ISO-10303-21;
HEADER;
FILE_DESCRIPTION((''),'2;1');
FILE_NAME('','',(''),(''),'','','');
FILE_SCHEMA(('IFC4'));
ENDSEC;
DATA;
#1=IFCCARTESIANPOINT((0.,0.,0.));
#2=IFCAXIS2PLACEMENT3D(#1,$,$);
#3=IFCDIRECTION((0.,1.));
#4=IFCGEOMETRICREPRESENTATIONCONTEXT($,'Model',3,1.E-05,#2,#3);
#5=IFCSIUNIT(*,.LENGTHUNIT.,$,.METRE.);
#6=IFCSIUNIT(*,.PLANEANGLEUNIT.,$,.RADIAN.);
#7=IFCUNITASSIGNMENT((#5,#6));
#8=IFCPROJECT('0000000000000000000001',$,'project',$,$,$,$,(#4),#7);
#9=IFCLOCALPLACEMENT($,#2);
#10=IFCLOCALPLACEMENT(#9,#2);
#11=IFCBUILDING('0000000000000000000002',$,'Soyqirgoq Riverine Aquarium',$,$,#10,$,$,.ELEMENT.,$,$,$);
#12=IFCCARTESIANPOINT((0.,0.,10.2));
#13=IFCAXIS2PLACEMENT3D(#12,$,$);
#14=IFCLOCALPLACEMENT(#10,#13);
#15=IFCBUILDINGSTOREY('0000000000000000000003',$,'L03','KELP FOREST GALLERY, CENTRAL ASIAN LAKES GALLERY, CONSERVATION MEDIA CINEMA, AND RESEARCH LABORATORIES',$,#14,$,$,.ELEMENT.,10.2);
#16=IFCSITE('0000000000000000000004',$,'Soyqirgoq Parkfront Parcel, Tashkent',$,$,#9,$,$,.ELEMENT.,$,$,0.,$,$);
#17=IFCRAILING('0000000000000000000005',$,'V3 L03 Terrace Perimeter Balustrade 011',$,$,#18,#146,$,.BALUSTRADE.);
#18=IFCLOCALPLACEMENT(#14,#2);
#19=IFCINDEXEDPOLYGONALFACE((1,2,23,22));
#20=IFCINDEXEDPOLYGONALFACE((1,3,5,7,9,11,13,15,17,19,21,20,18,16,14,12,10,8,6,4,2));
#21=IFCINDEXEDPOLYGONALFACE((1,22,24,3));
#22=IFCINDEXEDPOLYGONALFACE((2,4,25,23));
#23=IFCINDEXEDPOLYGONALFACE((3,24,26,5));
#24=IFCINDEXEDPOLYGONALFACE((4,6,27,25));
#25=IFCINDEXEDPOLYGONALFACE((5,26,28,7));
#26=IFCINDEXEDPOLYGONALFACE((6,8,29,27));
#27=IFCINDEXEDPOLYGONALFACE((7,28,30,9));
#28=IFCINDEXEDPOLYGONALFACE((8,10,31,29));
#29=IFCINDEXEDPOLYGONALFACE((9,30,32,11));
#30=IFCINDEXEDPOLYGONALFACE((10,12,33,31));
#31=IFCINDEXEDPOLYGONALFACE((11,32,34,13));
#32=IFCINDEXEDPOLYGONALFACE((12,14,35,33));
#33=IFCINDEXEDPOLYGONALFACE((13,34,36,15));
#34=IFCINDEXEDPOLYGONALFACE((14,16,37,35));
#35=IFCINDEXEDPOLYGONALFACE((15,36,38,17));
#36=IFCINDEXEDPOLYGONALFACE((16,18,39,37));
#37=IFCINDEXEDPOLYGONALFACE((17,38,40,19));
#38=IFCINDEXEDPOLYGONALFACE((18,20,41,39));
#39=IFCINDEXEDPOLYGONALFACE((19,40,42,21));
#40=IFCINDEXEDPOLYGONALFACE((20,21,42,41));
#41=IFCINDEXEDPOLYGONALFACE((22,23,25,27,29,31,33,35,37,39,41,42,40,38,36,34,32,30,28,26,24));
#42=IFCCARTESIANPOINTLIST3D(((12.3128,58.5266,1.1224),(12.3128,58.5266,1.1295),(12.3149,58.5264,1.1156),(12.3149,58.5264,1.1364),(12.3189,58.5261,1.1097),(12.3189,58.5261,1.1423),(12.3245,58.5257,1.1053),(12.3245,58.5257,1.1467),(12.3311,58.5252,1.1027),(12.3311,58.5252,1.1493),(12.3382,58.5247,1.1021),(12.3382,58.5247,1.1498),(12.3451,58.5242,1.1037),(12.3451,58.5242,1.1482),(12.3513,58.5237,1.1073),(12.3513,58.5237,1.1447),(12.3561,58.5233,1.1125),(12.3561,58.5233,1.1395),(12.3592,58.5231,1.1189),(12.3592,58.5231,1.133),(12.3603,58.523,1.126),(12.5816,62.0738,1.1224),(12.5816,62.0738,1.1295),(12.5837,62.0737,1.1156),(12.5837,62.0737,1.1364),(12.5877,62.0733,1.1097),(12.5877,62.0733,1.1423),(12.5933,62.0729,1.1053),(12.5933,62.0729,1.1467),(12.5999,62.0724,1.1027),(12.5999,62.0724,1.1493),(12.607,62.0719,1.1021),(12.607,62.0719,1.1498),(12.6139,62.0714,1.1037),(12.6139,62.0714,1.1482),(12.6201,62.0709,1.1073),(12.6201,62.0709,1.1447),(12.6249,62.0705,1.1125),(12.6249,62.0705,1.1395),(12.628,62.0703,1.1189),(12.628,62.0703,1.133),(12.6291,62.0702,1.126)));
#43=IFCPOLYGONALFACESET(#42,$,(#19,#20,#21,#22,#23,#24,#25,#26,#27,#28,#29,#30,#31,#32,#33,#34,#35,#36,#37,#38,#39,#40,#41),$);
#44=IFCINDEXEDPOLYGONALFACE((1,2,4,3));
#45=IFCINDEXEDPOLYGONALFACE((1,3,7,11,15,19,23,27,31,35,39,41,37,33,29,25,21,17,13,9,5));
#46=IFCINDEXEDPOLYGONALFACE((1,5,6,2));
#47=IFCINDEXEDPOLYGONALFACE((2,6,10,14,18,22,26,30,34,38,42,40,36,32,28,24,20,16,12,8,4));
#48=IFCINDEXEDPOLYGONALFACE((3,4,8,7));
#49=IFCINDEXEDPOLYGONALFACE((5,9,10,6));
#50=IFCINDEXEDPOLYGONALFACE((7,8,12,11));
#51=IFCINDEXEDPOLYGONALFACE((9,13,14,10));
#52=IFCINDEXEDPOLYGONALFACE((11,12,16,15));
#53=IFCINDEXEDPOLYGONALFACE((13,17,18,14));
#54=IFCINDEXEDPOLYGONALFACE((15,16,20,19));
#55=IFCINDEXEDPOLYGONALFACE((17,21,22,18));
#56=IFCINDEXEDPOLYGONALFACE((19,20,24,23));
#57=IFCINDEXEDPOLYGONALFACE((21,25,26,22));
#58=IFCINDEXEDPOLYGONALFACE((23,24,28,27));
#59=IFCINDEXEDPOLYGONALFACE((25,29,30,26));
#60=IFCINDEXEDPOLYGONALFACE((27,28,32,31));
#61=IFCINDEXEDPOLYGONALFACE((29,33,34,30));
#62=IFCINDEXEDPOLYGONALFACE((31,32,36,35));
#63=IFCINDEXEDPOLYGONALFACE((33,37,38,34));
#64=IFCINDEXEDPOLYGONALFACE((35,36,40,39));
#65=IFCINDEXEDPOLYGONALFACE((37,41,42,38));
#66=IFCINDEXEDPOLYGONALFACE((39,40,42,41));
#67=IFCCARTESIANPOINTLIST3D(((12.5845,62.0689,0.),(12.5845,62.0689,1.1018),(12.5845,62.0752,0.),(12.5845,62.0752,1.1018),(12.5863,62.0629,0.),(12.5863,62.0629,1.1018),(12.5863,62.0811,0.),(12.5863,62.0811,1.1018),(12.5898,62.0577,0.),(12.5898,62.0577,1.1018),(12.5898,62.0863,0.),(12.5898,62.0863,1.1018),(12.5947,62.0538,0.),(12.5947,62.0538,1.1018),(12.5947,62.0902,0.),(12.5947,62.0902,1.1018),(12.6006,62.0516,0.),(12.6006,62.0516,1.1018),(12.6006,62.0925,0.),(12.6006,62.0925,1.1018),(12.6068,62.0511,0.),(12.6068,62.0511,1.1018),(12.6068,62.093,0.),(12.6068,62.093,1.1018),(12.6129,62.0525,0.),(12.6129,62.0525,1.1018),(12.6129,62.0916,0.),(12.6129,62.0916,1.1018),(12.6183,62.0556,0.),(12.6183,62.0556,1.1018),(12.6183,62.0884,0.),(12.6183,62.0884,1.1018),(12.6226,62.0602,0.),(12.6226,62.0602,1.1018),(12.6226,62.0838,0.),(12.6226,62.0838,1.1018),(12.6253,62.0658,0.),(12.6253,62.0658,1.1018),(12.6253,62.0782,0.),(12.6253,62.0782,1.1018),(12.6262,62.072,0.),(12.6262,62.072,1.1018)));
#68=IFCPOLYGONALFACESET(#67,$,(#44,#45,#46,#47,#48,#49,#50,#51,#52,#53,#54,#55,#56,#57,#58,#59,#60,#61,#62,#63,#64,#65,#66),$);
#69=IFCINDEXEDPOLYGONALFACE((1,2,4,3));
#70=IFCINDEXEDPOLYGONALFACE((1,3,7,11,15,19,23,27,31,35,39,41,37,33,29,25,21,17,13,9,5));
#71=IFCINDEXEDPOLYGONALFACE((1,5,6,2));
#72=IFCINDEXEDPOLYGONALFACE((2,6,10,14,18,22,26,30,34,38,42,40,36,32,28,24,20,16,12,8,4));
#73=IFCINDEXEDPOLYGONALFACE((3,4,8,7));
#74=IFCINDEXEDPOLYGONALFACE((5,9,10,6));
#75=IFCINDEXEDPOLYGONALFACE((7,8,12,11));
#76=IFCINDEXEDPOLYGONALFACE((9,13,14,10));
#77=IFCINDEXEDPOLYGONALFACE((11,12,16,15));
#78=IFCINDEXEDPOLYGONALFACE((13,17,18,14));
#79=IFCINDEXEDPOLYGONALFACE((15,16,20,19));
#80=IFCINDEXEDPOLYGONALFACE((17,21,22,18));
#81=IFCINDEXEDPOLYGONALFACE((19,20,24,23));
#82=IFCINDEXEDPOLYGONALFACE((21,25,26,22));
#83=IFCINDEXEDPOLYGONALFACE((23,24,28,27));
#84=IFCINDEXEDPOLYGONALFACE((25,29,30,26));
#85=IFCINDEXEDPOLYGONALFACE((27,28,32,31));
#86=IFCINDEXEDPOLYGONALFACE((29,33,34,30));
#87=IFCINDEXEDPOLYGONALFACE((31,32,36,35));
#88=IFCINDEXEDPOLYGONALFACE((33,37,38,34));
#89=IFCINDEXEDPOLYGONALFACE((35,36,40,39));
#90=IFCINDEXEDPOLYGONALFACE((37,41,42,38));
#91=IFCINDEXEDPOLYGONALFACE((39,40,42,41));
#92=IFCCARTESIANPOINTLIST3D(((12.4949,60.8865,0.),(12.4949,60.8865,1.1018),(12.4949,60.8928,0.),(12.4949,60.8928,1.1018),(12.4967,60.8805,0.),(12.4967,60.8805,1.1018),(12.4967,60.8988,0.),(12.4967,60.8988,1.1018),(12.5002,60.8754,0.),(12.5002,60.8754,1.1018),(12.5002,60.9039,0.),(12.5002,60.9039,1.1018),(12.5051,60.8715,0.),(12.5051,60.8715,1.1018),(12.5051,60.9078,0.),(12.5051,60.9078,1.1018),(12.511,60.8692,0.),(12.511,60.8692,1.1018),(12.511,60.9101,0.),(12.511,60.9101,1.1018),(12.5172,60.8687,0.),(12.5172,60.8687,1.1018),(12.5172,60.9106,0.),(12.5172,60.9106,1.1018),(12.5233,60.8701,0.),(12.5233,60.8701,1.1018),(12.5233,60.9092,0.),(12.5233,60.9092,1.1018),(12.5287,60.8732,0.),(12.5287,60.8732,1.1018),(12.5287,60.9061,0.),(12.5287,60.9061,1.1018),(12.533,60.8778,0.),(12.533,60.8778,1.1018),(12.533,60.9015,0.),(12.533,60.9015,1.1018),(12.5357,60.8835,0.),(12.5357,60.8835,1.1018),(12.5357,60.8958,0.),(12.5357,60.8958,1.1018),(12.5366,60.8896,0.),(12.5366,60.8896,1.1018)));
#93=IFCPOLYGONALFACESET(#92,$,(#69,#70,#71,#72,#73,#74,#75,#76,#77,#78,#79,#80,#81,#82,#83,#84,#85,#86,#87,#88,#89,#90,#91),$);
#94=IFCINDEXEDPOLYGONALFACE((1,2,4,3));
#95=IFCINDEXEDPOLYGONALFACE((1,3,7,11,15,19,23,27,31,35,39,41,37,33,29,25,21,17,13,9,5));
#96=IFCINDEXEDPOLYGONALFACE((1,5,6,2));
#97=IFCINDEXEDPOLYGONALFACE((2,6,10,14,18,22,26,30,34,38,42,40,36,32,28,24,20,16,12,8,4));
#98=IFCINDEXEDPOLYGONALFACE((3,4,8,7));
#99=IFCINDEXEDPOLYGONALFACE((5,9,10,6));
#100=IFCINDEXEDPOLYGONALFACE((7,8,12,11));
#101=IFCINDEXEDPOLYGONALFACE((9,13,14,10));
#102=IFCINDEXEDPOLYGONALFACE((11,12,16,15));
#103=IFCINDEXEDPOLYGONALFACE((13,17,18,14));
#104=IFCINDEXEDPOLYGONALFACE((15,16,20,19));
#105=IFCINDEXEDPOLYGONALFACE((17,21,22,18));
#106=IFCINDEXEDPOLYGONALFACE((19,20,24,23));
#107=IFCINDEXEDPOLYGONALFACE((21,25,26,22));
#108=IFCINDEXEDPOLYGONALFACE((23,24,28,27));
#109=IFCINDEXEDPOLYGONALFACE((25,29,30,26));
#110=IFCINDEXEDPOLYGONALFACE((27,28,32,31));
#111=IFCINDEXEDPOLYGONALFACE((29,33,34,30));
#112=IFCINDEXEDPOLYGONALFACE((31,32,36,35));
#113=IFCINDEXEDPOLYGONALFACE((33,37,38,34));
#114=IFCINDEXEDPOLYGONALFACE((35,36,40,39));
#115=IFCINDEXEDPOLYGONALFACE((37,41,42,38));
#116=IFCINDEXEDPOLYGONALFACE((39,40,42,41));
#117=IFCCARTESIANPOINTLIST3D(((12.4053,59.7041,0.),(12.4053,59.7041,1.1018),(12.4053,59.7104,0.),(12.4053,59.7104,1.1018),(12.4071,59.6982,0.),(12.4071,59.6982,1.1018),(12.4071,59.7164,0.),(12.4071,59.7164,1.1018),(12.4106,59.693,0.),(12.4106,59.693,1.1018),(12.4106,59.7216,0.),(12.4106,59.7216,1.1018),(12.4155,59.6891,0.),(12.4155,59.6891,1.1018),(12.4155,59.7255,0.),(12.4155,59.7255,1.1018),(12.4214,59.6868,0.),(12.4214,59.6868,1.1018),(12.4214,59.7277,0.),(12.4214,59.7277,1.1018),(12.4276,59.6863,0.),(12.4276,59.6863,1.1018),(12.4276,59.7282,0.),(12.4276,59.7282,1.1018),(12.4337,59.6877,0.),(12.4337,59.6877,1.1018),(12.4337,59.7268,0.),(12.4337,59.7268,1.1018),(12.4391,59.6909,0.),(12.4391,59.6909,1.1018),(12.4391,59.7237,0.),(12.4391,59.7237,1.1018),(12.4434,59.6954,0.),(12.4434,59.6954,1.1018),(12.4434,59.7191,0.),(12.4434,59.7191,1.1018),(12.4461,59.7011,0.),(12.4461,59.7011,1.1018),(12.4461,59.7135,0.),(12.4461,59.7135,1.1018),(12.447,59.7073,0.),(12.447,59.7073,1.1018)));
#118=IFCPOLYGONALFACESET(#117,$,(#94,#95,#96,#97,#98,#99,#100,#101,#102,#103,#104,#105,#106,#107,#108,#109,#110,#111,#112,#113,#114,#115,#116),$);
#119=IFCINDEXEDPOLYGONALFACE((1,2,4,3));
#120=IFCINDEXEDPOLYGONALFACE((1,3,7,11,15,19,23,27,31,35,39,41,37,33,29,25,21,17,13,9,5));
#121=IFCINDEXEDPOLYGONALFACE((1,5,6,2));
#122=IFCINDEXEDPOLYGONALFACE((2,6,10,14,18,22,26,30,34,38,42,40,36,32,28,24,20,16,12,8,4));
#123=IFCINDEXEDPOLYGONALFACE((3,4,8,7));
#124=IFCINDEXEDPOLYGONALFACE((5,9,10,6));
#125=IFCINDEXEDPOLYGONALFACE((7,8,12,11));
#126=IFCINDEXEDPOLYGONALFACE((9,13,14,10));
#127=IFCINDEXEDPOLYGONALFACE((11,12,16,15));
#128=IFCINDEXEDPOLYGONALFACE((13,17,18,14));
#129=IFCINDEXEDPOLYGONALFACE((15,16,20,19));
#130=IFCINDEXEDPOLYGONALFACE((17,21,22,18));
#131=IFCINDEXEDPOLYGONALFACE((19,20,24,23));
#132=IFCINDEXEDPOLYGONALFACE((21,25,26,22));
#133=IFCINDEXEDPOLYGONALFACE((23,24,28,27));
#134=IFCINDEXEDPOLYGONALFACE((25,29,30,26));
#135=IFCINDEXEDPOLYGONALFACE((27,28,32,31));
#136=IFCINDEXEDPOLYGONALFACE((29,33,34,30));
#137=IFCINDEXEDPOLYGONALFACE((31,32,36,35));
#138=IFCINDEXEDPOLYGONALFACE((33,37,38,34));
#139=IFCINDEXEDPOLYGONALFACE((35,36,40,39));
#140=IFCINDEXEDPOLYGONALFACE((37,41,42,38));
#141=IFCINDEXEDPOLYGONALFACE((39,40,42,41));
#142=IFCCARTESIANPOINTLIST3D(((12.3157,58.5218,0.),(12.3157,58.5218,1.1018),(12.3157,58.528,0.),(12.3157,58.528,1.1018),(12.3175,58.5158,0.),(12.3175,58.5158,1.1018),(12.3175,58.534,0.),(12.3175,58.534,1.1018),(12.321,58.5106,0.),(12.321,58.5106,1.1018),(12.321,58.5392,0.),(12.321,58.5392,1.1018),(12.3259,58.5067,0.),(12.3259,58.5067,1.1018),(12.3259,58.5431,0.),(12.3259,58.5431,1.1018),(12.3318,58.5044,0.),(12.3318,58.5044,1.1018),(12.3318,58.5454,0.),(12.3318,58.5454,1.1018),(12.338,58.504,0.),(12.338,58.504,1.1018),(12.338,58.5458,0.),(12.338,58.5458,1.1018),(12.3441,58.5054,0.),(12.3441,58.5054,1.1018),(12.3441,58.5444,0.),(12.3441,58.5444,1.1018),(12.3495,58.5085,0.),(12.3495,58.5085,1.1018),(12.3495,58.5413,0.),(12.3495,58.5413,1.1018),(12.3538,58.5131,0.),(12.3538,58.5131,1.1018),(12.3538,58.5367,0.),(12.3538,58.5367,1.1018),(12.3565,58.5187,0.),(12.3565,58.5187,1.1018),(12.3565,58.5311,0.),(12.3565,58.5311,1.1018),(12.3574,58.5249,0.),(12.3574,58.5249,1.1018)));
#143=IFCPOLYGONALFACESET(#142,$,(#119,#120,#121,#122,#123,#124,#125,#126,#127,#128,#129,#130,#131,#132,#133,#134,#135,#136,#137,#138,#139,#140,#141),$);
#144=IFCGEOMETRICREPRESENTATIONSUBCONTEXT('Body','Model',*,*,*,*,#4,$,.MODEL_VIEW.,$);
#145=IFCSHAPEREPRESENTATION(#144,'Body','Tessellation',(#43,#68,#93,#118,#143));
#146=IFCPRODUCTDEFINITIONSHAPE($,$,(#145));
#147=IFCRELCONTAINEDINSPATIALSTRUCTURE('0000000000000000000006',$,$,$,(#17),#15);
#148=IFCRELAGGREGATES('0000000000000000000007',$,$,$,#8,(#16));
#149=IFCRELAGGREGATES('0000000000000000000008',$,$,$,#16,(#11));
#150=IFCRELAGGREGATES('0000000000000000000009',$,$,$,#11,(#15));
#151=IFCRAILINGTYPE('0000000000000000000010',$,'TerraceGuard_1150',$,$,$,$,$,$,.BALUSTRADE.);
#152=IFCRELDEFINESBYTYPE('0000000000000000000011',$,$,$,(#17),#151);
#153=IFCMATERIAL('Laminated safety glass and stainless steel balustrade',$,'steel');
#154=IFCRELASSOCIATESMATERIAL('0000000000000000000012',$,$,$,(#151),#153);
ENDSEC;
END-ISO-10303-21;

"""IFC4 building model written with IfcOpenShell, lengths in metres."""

from ifc_helpers import new_model, si_unit, direction, frame, origin, origin_2d, place, context, subcontext, project, spatial, circle, extrude, material, type_object, element, save


model = new_model("IFC4")

# Units and contexts
model_context = context("Model", 3, precision=1e-05, world=origin(), true_north=direction((0.0, 1.0)))
body_context = subcontext(model_context, "Body", "Model", "MODEL_VIEW")
ifc_project = project(units=[si_unit("LENGTHUNIT", "METRE"), si_unit("PLANEANGLEUNIT", "RADIAN")], contexts=[model_context])

# Site, building, storey
site_placement = place(None, origin())
site = spatial("IfcSite", under=ifc_project, at=site_placement, Name="Soyqirgoq Parkfront Parcel, Tashkent", CompositionType="ELEMENT", RefElevation=0.0)
building_placement = place(site_placement, origin())
building = spatial("IfcBuilding", under=site, at=building_placement, Name="Soyqirgoq Riverine Aquarium", CompositionType="ELEMENT")
storey_placement = place(building_placement, frame((0.0, 0.0, 10.2)))
storey = spatial("IfcBuildingStorey", under=building, at=storey_placement, Name="L03", Description="KELP FOREST GALLERY, CENTRAL ASIAN LAKES GALLERY, CONSERVATION MEDIA CINEMA, AND RESEARCH LABORATORIES", CompositionType="ELEMENT", Elevation=10.2)

# Railing
ifc_material_1 = material(Name="Laminated safety glass and stainless steel balustrade", Category="steel")
railing_type = type_object("IfcRailingType", Name="TerraceGuard_1150", PredefinedType="BALUSTRADE", material=ifc_material_1)
railing_1_placement = place(storey_placement, frame((12.6052, 62.072, 0.0)))
element("IfcRailing", 1, at=railing_1_placement, inside=storey, type_object=railing_type, Name="V3 L03 Terrace Perimeter Balustrade 011", PredefinedType="BALUSTRADE", context=body_context, shape_type="SweptSolid", body=[
    extrude(circle(Radius=0.0239, at=origin_2d()), frame((0.0, 0.0, 1.126), z_axis=(-0.075563, -0.997141, 0.0), x_axis=(0.997141, -0.075563, 0.0)), (0.0, 0.0, 1.0), 3.5574),
    extrude(circle(Radius=0.021, at=origin_2d()), origin(), (0.0, 0.0, 1.0), 1.1018),
    extrude(circle(Radius=0.021, at=origin_2d()), frame((-0.0896, -1.1824, 0.0)), (0.0, 0.0, 1.0), 1.1018),
    extrude(circle(Radius=0.021, at=origin_2d()), frame((-0.1792, -2.3647, 0.0)), (0.0, 0.0, 1.0), 1.1018),
    extrude(circle(Radius=0.021, at=origin_2d()), frame((-0.2688, -3.5471, 0.0)), (0.0, 0.0, 1.0), 1.1018),
])

save(model, "model.ifc")
